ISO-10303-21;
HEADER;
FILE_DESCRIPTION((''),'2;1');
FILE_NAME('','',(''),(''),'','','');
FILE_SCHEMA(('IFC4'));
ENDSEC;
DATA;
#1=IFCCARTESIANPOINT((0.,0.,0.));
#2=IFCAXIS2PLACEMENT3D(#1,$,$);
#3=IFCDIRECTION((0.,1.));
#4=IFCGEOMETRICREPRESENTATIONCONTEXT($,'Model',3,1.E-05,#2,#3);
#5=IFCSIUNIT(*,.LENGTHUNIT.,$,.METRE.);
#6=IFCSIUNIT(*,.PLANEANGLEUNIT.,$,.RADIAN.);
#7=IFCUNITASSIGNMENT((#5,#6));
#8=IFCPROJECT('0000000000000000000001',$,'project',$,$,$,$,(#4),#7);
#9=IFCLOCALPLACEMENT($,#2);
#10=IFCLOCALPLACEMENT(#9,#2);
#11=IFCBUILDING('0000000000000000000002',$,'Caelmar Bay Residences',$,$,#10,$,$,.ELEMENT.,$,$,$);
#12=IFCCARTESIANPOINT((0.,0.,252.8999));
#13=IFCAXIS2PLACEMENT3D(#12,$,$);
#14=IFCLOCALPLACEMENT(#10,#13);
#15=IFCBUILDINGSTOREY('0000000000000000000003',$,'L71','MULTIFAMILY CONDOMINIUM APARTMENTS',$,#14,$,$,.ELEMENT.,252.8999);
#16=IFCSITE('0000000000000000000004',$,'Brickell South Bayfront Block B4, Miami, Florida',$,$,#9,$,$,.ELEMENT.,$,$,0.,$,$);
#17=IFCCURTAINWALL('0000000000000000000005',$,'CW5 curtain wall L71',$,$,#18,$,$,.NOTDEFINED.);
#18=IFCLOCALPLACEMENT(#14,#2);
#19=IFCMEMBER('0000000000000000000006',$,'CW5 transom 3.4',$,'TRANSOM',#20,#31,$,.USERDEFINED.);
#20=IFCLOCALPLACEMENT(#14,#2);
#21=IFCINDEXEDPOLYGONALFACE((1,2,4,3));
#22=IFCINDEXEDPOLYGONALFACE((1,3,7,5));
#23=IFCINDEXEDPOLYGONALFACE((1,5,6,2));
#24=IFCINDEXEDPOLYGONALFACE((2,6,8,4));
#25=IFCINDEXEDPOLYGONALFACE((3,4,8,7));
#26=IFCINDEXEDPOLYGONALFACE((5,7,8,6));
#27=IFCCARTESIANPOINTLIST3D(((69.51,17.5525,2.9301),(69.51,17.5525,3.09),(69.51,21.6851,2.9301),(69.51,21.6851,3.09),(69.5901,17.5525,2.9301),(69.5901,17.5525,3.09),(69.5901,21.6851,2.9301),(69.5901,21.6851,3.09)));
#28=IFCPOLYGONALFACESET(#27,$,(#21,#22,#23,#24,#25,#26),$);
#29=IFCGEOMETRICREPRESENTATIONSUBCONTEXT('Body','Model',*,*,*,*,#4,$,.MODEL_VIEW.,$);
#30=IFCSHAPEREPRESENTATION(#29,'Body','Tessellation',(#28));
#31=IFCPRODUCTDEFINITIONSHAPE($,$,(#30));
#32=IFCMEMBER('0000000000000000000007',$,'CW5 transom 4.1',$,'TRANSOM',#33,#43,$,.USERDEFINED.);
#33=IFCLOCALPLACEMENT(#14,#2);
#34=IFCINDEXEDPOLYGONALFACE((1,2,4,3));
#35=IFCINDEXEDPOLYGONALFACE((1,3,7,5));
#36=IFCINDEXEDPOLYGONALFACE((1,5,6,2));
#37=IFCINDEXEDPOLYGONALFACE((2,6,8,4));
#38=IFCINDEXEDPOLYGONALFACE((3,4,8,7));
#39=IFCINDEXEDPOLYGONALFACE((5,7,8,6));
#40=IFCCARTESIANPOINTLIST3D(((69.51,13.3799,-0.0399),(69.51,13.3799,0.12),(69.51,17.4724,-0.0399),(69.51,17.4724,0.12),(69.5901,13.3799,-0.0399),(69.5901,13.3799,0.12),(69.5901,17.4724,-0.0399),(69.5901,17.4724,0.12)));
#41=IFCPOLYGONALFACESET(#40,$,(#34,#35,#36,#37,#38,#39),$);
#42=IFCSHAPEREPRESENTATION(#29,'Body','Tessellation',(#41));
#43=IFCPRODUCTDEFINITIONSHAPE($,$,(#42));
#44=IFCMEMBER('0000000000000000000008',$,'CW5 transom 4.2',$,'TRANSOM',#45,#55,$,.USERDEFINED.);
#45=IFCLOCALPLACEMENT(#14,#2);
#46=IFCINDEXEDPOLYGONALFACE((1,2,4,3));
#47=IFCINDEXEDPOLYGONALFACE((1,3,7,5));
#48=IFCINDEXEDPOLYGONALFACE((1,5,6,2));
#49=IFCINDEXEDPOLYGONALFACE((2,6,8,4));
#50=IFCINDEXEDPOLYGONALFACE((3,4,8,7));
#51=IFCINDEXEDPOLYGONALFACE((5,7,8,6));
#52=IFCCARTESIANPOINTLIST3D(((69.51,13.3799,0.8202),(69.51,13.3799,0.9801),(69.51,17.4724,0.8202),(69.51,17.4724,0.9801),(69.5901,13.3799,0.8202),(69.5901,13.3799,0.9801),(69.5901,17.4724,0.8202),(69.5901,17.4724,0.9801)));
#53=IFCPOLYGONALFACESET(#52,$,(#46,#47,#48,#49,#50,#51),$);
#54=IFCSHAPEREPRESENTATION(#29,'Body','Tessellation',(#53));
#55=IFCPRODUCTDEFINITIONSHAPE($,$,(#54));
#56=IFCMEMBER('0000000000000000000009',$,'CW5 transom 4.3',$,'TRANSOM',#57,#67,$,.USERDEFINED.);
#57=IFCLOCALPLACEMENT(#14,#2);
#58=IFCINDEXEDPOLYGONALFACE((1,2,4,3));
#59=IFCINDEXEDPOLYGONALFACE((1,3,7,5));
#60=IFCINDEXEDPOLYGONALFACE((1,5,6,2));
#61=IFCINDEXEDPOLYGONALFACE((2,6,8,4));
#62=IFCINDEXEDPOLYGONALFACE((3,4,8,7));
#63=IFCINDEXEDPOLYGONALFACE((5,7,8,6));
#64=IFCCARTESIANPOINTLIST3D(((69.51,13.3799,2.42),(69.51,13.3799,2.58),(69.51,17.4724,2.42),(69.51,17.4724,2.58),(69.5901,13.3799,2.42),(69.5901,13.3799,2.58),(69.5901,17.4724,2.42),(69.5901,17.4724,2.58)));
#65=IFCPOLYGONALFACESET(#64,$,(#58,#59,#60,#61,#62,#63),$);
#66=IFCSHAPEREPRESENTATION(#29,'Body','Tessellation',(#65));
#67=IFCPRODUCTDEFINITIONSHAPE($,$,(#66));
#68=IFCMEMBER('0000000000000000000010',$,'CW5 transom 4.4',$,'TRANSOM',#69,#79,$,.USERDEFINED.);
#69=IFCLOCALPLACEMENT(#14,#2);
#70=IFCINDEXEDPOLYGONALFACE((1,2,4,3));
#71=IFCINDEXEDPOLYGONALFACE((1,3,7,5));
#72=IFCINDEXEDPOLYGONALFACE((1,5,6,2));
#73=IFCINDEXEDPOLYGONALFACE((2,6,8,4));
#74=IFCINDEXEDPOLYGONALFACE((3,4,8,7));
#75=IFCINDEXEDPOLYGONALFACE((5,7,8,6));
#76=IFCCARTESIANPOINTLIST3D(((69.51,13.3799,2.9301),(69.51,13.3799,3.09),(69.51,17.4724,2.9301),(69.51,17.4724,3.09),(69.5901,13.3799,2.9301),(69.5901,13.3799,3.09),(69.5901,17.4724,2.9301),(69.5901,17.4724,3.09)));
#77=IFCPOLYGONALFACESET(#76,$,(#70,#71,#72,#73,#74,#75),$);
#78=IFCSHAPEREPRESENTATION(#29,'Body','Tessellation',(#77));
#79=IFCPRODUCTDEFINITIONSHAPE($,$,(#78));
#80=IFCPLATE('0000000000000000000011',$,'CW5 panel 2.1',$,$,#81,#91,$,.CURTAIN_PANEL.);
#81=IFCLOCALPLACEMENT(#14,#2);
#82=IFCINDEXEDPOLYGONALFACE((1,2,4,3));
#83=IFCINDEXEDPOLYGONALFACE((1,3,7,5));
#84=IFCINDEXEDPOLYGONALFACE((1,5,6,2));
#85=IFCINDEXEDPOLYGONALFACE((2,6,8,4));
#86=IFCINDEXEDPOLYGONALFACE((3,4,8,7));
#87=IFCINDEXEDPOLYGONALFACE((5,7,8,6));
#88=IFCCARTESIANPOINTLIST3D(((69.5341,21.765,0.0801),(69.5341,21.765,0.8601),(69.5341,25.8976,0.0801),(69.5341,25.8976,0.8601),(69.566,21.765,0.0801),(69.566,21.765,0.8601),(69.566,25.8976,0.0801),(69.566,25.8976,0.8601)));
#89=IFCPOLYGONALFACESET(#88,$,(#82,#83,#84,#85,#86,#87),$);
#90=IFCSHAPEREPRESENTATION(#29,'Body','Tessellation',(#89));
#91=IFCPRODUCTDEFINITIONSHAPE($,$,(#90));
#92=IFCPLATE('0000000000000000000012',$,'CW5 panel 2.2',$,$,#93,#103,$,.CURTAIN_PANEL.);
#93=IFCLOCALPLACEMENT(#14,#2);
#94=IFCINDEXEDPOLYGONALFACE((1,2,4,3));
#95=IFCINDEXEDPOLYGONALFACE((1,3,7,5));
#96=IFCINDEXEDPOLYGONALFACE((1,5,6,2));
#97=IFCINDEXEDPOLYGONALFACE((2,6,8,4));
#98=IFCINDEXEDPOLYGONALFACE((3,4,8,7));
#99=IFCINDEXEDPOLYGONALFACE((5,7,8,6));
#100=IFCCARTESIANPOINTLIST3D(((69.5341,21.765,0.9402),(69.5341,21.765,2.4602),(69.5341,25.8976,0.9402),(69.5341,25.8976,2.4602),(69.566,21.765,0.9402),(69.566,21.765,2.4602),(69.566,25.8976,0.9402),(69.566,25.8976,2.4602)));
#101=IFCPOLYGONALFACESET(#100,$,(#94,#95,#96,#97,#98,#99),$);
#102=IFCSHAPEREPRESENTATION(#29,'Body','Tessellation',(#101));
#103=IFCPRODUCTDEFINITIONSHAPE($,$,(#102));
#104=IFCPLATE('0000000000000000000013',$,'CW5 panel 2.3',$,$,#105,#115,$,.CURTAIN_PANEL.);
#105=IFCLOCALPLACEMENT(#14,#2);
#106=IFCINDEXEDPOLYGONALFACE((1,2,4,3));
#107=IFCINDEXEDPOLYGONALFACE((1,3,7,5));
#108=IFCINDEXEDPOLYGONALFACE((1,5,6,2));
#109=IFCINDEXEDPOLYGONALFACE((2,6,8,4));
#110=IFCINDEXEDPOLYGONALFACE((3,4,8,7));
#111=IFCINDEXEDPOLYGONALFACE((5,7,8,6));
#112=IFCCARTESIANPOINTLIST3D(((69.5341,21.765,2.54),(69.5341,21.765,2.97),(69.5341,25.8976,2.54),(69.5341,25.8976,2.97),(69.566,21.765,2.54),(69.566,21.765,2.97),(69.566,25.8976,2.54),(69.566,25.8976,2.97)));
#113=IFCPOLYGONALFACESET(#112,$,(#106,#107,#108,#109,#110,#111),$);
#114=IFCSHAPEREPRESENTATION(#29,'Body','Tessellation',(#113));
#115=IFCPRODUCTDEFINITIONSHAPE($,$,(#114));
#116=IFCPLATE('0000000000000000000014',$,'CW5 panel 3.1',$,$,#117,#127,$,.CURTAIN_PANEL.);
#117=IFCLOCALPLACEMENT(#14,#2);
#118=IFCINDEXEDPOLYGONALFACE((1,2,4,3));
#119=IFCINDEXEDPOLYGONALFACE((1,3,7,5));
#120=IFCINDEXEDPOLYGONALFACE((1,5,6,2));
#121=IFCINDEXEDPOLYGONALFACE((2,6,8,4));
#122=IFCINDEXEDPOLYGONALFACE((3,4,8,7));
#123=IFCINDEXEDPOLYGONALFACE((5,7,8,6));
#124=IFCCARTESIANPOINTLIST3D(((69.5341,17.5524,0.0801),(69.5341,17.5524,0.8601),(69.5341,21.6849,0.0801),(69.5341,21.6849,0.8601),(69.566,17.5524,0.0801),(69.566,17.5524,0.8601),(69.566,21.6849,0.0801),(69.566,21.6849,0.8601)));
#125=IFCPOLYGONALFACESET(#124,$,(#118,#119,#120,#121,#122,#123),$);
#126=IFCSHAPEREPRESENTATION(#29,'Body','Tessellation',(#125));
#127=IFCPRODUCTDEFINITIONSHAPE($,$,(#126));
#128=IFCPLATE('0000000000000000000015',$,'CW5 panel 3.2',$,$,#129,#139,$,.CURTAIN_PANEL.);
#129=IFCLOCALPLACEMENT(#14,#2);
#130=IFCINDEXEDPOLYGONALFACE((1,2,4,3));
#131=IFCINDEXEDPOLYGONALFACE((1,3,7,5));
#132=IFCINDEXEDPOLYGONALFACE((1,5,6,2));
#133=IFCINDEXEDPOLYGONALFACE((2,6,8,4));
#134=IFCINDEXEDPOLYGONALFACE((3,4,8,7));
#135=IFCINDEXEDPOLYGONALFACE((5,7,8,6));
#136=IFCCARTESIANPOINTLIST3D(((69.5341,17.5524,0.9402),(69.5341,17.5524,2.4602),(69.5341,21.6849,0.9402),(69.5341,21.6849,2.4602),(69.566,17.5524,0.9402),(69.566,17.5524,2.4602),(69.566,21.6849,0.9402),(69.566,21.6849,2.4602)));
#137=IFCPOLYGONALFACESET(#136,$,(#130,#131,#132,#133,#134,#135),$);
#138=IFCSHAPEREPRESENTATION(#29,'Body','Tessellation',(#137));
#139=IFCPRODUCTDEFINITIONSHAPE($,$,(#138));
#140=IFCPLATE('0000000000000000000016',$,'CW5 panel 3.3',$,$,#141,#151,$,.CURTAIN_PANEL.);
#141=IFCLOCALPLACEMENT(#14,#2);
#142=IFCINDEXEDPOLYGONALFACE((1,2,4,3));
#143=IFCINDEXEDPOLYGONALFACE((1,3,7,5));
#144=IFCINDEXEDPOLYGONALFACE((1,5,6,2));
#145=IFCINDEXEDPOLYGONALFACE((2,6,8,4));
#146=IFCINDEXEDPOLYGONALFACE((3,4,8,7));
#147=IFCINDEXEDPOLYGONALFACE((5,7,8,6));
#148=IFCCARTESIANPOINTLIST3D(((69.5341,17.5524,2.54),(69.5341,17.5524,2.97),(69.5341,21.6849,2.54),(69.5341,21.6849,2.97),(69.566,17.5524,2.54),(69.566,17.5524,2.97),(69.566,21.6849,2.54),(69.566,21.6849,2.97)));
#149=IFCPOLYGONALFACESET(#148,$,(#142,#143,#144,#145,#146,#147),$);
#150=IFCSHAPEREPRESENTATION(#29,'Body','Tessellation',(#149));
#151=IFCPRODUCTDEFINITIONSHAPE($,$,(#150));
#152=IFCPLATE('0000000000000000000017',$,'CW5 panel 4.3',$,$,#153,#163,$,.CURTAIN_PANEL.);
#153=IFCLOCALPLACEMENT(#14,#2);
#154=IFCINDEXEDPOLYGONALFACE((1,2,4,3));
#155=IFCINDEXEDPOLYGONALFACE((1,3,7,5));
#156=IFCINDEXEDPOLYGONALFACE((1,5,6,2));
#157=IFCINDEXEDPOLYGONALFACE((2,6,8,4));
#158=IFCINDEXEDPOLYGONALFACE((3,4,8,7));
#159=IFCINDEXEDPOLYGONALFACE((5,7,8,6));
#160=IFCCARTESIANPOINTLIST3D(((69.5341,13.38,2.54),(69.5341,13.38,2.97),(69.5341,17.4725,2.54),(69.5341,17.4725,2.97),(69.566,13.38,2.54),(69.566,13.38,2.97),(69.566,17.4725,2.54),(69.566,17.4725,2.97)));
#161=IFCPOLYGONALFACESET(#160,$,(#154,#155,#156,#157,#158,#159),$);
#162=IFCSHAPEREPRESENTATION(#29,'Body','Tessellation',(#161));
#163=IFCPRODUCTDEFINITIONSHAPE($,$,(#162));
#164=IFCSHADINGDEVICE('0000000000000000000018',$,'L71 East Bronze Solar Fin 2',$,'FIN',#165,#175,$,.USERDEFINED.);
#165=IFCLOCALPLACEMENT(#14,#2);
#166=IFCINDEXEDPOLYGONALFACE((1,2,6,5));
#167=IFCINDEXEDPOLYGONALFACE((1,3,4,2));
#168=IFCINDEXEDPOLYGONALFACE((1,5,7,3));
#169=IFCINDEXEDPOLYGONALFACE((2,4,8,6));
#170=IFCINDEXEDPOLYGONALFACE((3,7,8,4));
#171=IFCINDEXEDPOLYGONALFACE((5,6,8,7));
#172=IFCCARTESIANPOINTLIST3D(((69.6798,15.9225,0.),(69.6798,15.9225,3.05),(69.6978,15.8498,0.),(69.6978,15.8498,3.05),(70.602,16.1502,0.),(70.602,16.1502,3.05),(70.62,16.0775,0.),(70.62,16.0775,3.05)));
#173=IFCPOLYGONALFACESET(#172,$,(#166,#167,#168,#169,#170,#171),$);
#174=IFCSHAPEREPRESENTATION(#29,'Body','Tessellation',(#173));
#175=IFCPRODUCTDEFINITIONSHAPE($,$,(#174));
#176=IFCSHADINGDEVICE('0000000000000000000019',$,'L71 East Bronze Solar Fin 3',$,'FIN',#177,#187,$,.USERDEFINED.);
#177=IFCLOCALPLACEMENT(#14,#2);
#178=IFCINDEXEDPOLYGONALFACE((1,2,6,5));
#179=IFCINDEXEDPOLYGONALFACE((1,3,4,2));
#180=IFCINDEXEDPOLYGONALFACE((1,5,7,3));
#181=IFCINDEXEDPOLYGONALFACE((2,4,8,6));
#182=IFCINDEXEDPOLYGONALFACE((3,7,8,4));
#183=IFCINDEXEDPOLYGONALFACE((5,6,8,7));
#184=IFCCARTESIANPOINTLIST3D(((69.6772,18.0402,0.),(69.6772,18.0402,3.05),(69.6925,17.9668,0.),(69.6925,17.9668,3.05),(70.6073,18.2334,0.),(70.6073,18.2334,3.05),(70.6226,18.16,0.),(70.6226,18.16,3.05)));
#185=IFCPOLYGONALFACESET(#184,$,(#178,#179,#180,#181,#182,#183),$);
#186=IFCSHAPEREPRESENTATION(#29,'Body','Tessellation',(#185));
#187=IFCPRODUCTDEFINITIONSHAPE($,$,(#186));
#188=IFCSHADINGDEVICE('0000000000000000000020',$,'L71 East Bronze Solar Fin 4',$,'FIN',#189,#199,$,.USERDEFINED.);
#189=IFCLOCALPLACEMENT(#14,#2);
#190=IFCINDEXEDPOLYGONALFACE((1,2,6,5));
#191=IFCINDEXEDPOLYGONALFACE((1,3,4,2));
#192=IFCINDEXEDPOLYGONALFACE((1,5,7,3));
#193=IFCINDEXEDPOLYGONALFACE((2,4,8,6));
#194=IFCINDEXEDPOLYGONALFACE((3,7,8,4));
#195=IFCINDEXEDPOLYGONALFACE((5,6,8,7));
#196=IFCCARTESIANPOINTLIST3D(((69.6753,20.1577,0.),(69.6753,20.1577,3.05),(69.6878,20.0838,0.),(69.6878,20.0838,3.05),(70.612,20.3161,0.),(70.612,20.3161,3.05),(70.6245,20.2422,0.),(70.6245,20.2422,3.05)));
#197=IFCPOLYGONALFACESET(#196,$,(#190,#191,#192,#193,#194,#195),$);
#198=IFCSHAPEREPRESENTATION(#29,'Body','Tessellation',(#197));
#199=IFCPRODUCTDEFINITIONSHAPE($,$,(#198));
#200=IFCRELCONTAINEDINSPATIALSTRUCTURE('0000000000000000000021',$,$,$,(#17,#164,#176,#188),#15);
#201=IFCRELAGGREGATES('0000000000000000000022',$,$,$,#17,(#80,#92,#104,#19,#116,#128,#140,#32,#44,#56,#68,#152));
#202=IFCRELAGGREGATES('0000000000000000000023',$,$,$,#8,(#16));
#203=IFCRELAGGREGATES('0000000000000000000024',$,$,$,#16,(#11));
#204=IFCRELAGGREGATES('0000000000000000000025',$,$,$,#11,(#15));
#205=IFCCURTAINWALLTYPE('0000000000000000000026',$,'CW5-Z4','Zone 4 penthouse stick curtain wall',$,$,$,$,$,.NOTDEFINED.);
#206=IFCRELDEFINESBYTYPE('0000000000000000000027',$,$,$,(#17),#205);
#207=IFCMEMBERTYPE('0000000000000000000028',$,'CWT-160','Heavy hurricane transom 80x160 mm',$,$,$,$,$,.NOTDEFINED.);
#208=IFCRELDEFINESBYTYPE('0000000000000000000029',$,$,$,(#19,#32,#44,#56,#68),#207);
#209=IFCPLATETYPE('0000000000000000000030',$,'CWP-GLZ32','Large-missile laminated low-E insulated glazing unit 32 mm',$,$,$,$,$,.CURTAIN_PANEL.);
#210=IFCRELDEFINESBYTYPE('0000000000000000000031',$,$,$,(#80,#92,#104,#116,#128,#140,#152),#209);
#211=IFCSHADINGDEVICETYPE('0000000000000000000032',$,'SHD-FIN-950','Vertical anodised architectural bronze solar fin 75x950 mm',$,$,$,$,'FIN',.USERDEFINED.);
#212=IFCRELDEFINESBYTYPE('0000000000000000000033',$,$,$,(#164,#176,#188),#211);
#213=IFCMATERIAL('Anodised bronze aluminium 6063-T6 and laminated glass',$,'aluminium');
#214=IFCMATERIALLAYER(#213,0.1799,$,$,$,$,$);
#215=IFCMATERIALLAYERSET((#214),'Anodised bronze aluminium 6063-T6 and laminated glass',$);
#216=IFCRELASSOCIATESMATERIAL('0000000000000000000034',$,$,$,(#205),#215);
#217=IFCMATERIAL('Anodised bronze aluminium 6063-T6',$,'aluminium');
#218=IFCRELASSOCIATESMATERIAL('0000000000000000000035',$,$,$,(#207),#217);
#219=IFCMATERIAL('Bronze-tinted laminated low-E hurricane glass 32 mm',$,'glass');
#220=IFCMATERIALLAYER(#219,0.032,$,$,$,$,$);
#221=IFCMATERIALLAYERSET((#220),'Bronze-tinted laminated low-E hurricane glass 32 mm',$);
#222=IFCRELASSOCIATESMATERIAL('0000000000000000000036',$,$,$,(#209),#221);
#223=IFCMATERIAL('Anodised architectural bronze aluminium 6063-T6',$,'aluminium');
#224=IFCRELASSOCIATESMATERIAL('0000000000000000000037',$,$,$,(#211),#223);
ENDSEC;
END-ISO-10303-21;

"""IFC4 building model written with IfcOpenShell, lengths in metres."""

from ifc_helpers import new_model, si_unit, direction, frame, origin, origin_2d, place, context, subcontext, project, spatial, rectangle, extrude, material, layer, layer_set, material_profile, profile_set, type_object, element, aggregate, save


model = new_model("IFC4")

# Units and contexts
model_context = context("Model", 3, precision=1e-05, world=origin(), true_north=direction((0.0, 1.0)))
body_context = subcontext(model_context, "Body", "Model", "MODEL_VIEW")
ifc_project = project(units=[si_unit("LENGTHUNIT", "METRE"), si_unit("PLANEANGLEUNIT", "RADIAN")], contexts=[model_context])

# Site, building, storey
site_placement = place(None, origin())
site = spatial("IfcSite", under=ifc_project, at=site_placement, Name="Brickell South Bayfront Block B4, Miami, Florida", CompositionType="ELEMENT", RefElevation=0.0)
building_placement = place(site_placement, origin())
building = spatial("IfcBuilding", under=site, at=building_placement, Name="Caelmar Bay Residences", CompositionType="ELEMENT")
storey_placement = place(building_placement, frame((0.0, 0.0, 252.8999)))
storey = spatial("IfcBuildingStorey", under=building, at=storey_placement, Name="L71", Description="MULTIFAMILY CONDOMINIUM APARTMENTS", CompositionType="ELEMENT", Elevation=252.8999)

# Curtain wall, members, plates
ifc_material_1 = material(Name="Anodised bronze aluminium 6063-T6 and laminated glass", Category="aluminium")
ifc_layer_1 = layer(ifc_material_1, 0.1799)
ifc_layer_set_1 = layer_set([ifc_layer_1], Name="Anodised bronze aluminium 6063-T6 and laminated glass")
curtain_wall_type = type_object("IfcCurtainWallType", Name="CW5-Z4", Description="Zone 4 penthouse stick curtain wall", PredefinedType="NOTDEFINED", material=ifc_layer_set_1)
curtain_wall_placement = place(storey_placement, origin())
curtain_wall = element("IfcCurtainWall", 1, at=curtain_wall_placement, inside=storey, type_object=curtain_wall_type, Name="CW5 curtain wall L71", PredefinedType="NOTDEFINED")
ifc_material_2 = material(Name="Anodised bronze aluminium 6063-T6", Category="aluminium")
ifc_material_profile_1 = material_profile(ifc_material_2, rectangle(XDim=0.0801, YDim=0.1599, at=origin_2d()), Name="CWT-80X160")
ifc_profile_set_1 = profile_set([ifc_material_profile_1], Name="Anodised bronze aluminium 6063-T6")
member_type_1 = type_object("IfcMemberType", Name="CWT-160", Description="Heavy hurricane transom 80x160 mm", PredefinedType="NOTDEFINED", material=ifc_profile_set_1)
member_1_placement = place(storey_placement, frame((69.55, 21.6851, 3.01), z_axis=(0.0, -1.0, 0.0), x_axis=(1.0, 0.0, 0.0)))
member_1 = element("IfcMember", 2, at=member_1_placement, type_object=member_type_1, Name="CW5 transom 3.4", ObjectType="TRANSOM", PredefinedType="USERDEFINED", context=body_context, shape_type="SweptSolid", body=[
    extrude(rectangle(XDim=0.0801, YDim=0.1599, at=origin_2d()), origin(), (0.0, 0.0, 1.0), 4.1326),
])
member_2_placement = place(storey_placement, frame((69.55, 17.4724, 0.04), z_axis=(0.0, -1.0, 0.0), x_axis=(1.0, 0.0, 0.0)))
member_2 = element("IfcMember", 3, at=member_2_placement, type_object=member_type_1, Name="CW5 transom 4.1", ObjectType="TRANSOM", PredefinedType="USERDEFINED", context=body_context, shape_type="SweptSolid", body=[
    extrude(rectangle(XDim=0.0801, YDim=0.1599, at=origin_2d()), origin(), (0.0, 0.0, 1.0), 4.0925),
])
member_3_placement = place(storey_placement, frame((69.55, 17.4724, 0.9001), z_axis=(0.0, -1.0, 0.0), x_axis=(1.0, 0.0, 0.0)))
member_3 = element("IfcMember", 4, at=member_3_placement, type_object=member_type_1, Name="CW5 transom 4.2", ObjectType="TRANSOM", PredefinedType="USERDEFINED", context=body_context, shape_type="SweptSolid", body=[
    extrude(rectangle(XDim=0.0801, YDim=0.1599, at=origin_2d()), origin(), (0.0, 0.0, 1.0), 4.0925),
])
member_4_placement = place(storey_placement, frame((69.55, 17.4724, 2.5), z_axis=(0.0, -1.0, 0.0), x_axis=(1.0, 0.0, 0.0)))
member_4 = element("IfcMember", 5, at=member_4_placement, type_object=member_type_1, Name="CW5 transom 4.3", ObjectType="TRANSOM", PredefinedType="USERDEFINED", context=body_context, shape_type="SweptSolid", body=[
    extrude(rectangle(XDim=0.0801, YDim=0.1599, at=origin_2d()), origin(), (0.0, 0.0, 1.0), 4.0925),
])
member_5_placement = place(storey_placement, frame((69.55, 17.4724, 3.01), z_axis=(0.0, -1.0, 0.0), x_axis=(1.0, 0.0, 0.0)))
member_5 = element("IfcMember", 6, at=member_5_placement, type_object=member_type_1, Name="CW5 transom 4.4", ObjectType="TRANSOM", PredefinedType="USERDEFINED", context=body_context, shape_type="SweptSolid", body=[
    extrude(rectangle(XDim=0.0801, YDim=0.1599, at=origin_2d()), origin(), (0.0, 0.0, 1.0), 4.0925),
])
ifc_material_3 = material(Name="Bronze-tinted laminated low-E hurricane glass 32 mm", Category="glass")
ifc_layer_2 = layer(ifc_material_3, 0.032)
ifc_layer_set_2 = layer_set([ifc_layer_2], Name="Bronze-tinted laminated low-E hurricane glass 32 mm")
plate_type = type_object("IfcPlateType", Name="CWP-GLZ32", Description="Large-missile laminated low-E insulated glazing unit 32 mm", PredefinedType="CURTAIN_PANEL", material=ifc_layer_set_2)
plate_1_placement = place(storey_placement, frame((69.55, 23.8313, 0.0801), z_axis=(0.0, 0.0, 1.0), x_axis=(0.0, -1.0, 0.0)))
plate_1 = element("IfcPlate", 7, at=plate_1_placement, type_object=plate_type, Name="CW5 panel 2.1", PredefinedType="CURTAIN_PANEL", context=body_context, shape_type="SweptSolid", body=[
    extrude(rectangle(XDim=4.1326, YDim=0.032, at=origin_2d()), origin(), (0.0, 0.0, 1.0), 0.78),
])
plate_2_placement = place(storey_placement, frame((69.55, 23.8313, 0.9402), z_axis=(0.0, 0.0, 1.0), x_axis=(0.0, -1.0, 0.0)))
plate_2 = element("IfcPlate", 8, at=plate_2_placement, type_object=plate_type, Name="CW5 panel 2.2", PredefinedType="CURTAIN_PANEL", context=body_context, shape_type="SweptSolid", body=[
    extrude(rectangle(XDim=4.1326, YDim=0.032, at=origin_2d()), origin(), (0.0, 0.0, 1.0), 1.52),
])
plate_3_placement = place(storey_placement, frame((69.55, 23.8313, 2.54), z_axis=(0.0, 0.0, 1.0), x_axis=(0.0, -1.0, 0.0)))
plate_3 = element("IfcPlate", 9, at=plate_3_placement, type_object=plate_type, Name="CW5 panel 2.3", PredefinedType="CURTAIN_PANEL", context=body_context, shape_type="SweptSolid", body=[
    extrude(rectangle(XDim=4.1326, YDim=0.032, at=origin_2d()), origin(), (0.0, 0.0, 1.0), 0.4299),
])
plate_4_placement = place(storey_placement, frame((69.55, 19.6187, 0.0801), z_axis=(0.0, 0.0, 1.0), x_axis=(0.0, -1.0, 0.0)))
plate_4 = element("IfcPlate", 10, at=plate_4_placement, type_object=plate_type, Name="CW5 panel 3.1", PredefinedType="CURTAIN_PANEL", context=body_context, shape_type="SweptSolid", body=[
    extrude(rectangle(XDim=4.1326, YDim=0.032, at=origin_2d()), origin(), (0.0, 0.0, 1.0), 0.78),
])
plate_5_placement = place(storey_placement, frame((69.55, 19.6187, 0.9402), z_axis=(0.0, 0.0, 1.0), x_axis=(0.0, -1.0, 0.0)))
plate_5 = element("IfcPlate", 11, at=plate_5_placement, type_object=plate_type, Name="CW5 panel 3.2", PredefinedType="CURTAIN_PANEL", context=body_context, shape_type="SweptSolid", body=[
    extrude(rectangle(XDim=4.1326, YDim=0.032, at=origin_2d()), origin(), (0.0, 0.0, 1.0), 1.52),
])
plate_6_placement = place(storey_placement, frame((69.55, 19.6187, 2.54), z_axis=(0.0, 0.0, 1.0), x_axis=(0.0, -1.0, 0.0)))
plate_6 = element("IfcPlate", 12, at=plate_6_placement, type_object=plate_type, Name="CW5 panel 3.3", PredefinedType="CURTAIN_PANEL", context=body_context, shape_type="SweptSolid", body=[
    extrude(rectangle(XDim=4.1326, YDim=0.032, at=origin_2d()), origin(), (0.0, 0.0, 1.0), 0.4299),
])
plate_7_placement = place(storey_placement, frame((69.55, 15.4263, 2.54), z_axis=(0.0, 0.0, 1.0), x_axis=(0.0, -1.0, 0.0)))
plate_7 = element("IfcPlate", 13, at=plate_7_placement, type_object=plate_type, Name="CW5 panel 4.3", PredefinedType="CURTAIN_PANEL", context=body_context, shape_type="SweptSolid", body=[
    extrude(rectangle(XDim=4.0925, YDim=0.032, at=origin_2d()), origin(), (0.0, 0.0, 1.0), 0.4299),
])
aggregate(curtain_wall, [plate_1, plate_2, plate_3, member_1, plate_4, plate_5, plate_6, member_2, member_3, member_4, member_5, plate_7])

# Shading devices
ifc_material_4 = material(Name="Anodised architectural bronze aluminium 6063-T6", Category="aluminium")
ifc_material_profile_2 = material_profile(ifc_material_4, rectangle(XDim=0.075, YDim=0.95, at=origin_2d()), Name="BRONZE-FIN-75X950")
ifc_profile_set_2 = profile_set([ifc_material_profile_2], Name="Anodised architectural bronze aluminium 6063-T6")
shading_device_type = type_object("IfcShadingDeviceType", Name="SHD-FIN-950", Description="Vertical anodised architectural bronze solar fin 75x950 mm", ElementType="FIN", PredefinedType="USERDEFINED", material=ifc_profile_set_2)
for number, where, z_axis, x_axis, name in (
    (14, (70.1499, 16.0, 0.0), (0.0, 0.0, 1.0), (-0.23972, 0.970842, 0.0), "L71 East Bronze Solar Fin 2"),
    (15, (70.1499, 18.1001, 0.0), (0.0, 0.0, 1.0), (-0.2033, 0.979116, 0.0), "L71 East Bronze Solar Fin 3"),
    (16, (70.1499, 20.2, 0.0), (0.0, 0.0, 1.0), (-0.166769, 0.985996, 0.0), "L71 East Bronze Solar Fin 4"),
):
    element("IfcShadingDevice", number, at=place(storey_placement, frame(where, z_axis=z_axis, x_axis=x_axis)), inside=storey, type_object=shading_device_type, Name=name, ObjectType="FIN", PredefinedType="USERDEFINED", context=body_context, shape_type="SweptSolid", body=[
        extrude(rectangle(XDim=0.075, YDim=0.95, at=origin_2d()), origin(), (0.0, 0.0, 1.0), 3.05),
    ])

save(model, "model.ifc")
